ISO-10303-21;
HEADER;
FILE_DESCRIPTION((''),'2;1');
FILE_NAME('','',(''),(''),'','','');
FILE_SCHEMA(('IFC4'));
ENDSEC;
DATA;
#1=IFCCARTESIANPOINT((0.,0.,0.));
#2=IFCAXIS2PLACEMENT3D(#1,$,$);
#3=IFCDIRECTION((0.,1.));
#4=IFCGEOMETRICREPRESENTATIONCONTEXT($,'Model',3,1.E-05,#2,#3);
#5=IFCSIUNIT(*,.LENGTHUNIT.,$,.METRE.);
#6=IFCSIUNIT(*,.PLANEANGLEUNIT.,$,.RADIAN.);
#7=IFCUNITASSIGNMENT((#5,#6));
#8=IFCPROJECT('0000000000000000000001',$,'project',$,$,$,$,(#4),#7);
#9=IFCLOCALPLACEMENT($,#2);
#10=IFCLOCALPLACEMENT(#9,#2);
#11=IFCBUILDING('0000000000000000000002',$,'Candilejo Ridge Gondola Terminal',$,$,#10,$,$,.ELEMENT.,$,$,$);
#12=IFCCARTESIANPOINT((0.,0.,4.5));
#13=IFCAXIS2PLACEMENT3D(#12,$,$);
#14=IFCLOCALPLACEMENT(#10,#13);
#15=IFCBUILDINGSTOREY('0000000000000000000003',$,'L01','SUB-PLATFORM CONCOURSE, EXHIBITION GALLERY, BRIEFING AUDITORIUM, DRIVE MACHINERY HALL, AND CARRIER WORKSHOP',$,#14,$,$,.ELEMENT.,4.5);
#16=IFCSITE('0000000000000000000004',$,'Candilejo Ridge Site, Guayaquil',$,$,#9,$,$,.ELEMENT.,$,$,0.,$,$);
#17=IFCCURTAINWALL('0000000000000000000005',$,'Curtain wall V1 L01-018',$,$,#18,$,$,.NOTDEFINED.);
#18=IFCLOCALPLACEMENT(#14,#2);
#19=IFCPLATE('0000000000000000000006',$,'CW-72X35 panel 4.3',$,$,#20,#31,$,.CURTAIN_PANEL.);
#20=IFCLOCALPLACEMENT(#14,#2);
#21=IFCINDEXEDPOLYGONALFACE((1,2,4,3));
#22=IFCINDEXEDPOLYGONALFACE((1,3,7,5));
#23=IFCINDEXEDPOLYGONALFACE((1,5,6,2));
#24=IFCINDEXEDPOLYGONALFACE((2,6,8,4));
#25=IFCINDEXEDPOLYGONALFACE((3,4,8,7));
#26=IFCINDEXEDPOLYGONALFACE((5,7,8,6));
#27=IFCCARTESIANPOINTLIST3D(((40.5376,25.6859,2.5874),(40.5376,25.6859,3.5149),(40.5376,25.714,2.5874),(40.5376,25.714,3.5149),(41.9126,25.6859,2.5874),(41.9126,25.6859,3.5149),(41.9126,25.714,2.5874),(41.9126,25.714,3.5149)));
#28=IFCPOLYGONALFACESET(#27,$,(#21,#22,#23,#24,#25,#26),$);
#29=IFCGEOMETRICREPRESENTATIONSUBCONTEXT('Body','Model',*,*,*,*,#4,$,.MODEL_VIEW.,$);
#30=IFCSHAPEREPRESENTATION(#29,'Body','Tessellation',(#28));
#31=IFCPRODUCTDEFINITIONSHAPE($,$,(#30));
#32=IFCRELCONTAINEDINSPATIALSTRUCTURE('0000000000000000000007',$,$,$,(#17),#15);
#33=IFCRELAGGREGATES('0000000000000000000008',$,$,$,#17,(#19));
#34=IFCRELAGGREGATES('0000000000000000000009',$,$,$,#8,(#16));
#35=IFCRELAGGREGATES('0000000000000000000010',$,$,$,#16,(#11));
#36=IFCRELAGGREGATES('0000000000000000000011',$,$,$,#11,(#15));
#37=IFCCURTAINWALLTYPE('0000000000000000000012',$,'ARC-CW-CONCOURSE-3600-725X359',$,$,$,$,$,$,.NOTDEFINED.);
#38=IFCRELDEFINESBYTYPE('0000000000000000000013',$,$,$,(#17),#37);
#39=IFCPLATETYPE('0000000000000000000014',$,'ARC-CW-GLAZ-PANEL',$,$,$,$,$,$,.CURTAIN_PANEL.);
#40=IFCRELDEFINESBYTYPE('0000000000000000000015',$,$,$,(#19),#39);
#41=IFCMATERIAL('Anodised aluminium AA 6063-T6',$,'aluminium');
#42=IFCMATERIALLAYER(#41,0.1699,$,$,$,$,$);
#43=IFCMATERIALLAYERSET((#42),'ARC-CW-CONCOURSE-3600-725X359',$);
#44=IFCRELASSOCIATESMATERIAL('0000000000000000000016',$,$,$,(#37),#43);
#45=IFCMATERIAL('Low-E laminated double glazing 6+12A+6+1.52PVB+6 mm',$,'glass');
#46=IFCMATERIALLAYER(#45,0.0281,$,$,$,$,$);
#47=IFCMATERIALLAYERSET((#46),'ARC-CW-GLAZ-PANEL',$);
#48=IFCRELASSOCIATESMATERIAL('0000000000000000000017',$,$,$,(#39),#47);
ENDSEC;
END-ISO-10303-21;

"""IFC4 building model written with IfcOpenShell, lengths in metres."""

from ifc_helpers import new_model, si_unit, direction, frame, origin, origin_2d, place, context, subcontext, project, spatial, rectangle, extrude, material, layer, layer_set, type_object, element, aggregate, save


model = new_model("IFC4")

# Units and contexts
model_context = context("Model", 3, precision=1e-05, world=origin(), true_north=direction((0.0, 1.0)))
body_context = subcontext(model_context, "Body", "Model", "MODEL_VIEW")
ifc_project = project(units=[si_unit("LENGTHUNIT", "METRE"), si_unit("PLANEANGLEUNIT", "RADIAN")], contexts=[model_context])

# Site, building, storey
site_placement = place(None, origin())
site = spatial("IfcSite", under=ifc_project, at=site_placement, Name="Candilejo Ridge Site, Guayaquil", CompositionType="ELEMENT", RefElevation=0.0)
building_placement = place(site_placement, origin())
building = spatial("IfcBuilding", under=site, at=building_placement, Name="Candilejo Ridge Gondola Terminal", CompositionType="ELEMENT")
storey_placement = place(building_placement, frame((0.0, 0.0, 4.5)))
storey = spatial("IfcBuildingStorey", under=building, at=storey_placement, Name="L01", Description="SUB-PLATFORM CONCOURSE, EXHIBITION GALLERY, BRIEFING AUDITORIUM, DRIVE MACHINERY HALL, AND CARRIER WORKSHOP", CompositionType="ELEMENT", Elevation=4.5)

# Curtain wall, plate
ifc_material_1 = material(Name="Anodised aluminium AA 6063-T6", Category="aluminium")
ifc_layer_1 = layer(ifc_material_1, 0.1699)
ifc_layer_set_1 = layer_set([ifc_layer_1], Name="ARC-CW-CONCOURSE-3600-725X359")
curtain_wall_type = type_object("IfcCurtainWallType", Name="ARC-CW-CONCOURSE-3600-725X359", PredefinedType="NOTDEFINED", material=ifc_layer_set_1)
curtain_wall_placement = place(storey_placement, origin())
curtain_wall = element("IfcCurtainWall", 1, at=curtain_wall_placement, inside=storey, type_object=curtain_wall_type, Name="Curtain wall V1 L01-018", PredefinedType="NOTDEFINED")
ifc_material_2 = material(Name="Low-E laminated double glazing 6+12A+6+1.52PVB+6 mm", Category="glass")
ifc_layer_2 = layer(ifc_material_2, 0.0281)
ifc_layer_set_2 = layer_set([ifc_layer_2], Name="ARC-CW-GLAZ-PANEL")
plate_type = type_object("IfcPlateType", Name="ARC-CW-GLAZ-PANEL", PredefinedType="CURTAIN_PANEL", material=ifc_layer_set_2)
plate_1_placement = place(storey_placement, frame((41.2251, 25.7, 2.5874), z_axis=(0.0, 0.0, 1.0), x_axis=(1.0, 0.0, 0.0)))
plate_1 = element("IfcPlate", 2, at=plate_1_placement, type_object=plate_type, Name="CW-72X35 panel 4.3", PredefinedType="CURTAIN_PANEL", context=body_context, shape_type="SweptSolid", body=[
    extrude(rectangle(XDim=1.375, YDim=0.0281, at=origin_2d()), origin(), (0.0, 0.0, 1.0), 0.9275),
])
aggregate(curtain_wall, [plate_1])

save(model, "model.ifc")
